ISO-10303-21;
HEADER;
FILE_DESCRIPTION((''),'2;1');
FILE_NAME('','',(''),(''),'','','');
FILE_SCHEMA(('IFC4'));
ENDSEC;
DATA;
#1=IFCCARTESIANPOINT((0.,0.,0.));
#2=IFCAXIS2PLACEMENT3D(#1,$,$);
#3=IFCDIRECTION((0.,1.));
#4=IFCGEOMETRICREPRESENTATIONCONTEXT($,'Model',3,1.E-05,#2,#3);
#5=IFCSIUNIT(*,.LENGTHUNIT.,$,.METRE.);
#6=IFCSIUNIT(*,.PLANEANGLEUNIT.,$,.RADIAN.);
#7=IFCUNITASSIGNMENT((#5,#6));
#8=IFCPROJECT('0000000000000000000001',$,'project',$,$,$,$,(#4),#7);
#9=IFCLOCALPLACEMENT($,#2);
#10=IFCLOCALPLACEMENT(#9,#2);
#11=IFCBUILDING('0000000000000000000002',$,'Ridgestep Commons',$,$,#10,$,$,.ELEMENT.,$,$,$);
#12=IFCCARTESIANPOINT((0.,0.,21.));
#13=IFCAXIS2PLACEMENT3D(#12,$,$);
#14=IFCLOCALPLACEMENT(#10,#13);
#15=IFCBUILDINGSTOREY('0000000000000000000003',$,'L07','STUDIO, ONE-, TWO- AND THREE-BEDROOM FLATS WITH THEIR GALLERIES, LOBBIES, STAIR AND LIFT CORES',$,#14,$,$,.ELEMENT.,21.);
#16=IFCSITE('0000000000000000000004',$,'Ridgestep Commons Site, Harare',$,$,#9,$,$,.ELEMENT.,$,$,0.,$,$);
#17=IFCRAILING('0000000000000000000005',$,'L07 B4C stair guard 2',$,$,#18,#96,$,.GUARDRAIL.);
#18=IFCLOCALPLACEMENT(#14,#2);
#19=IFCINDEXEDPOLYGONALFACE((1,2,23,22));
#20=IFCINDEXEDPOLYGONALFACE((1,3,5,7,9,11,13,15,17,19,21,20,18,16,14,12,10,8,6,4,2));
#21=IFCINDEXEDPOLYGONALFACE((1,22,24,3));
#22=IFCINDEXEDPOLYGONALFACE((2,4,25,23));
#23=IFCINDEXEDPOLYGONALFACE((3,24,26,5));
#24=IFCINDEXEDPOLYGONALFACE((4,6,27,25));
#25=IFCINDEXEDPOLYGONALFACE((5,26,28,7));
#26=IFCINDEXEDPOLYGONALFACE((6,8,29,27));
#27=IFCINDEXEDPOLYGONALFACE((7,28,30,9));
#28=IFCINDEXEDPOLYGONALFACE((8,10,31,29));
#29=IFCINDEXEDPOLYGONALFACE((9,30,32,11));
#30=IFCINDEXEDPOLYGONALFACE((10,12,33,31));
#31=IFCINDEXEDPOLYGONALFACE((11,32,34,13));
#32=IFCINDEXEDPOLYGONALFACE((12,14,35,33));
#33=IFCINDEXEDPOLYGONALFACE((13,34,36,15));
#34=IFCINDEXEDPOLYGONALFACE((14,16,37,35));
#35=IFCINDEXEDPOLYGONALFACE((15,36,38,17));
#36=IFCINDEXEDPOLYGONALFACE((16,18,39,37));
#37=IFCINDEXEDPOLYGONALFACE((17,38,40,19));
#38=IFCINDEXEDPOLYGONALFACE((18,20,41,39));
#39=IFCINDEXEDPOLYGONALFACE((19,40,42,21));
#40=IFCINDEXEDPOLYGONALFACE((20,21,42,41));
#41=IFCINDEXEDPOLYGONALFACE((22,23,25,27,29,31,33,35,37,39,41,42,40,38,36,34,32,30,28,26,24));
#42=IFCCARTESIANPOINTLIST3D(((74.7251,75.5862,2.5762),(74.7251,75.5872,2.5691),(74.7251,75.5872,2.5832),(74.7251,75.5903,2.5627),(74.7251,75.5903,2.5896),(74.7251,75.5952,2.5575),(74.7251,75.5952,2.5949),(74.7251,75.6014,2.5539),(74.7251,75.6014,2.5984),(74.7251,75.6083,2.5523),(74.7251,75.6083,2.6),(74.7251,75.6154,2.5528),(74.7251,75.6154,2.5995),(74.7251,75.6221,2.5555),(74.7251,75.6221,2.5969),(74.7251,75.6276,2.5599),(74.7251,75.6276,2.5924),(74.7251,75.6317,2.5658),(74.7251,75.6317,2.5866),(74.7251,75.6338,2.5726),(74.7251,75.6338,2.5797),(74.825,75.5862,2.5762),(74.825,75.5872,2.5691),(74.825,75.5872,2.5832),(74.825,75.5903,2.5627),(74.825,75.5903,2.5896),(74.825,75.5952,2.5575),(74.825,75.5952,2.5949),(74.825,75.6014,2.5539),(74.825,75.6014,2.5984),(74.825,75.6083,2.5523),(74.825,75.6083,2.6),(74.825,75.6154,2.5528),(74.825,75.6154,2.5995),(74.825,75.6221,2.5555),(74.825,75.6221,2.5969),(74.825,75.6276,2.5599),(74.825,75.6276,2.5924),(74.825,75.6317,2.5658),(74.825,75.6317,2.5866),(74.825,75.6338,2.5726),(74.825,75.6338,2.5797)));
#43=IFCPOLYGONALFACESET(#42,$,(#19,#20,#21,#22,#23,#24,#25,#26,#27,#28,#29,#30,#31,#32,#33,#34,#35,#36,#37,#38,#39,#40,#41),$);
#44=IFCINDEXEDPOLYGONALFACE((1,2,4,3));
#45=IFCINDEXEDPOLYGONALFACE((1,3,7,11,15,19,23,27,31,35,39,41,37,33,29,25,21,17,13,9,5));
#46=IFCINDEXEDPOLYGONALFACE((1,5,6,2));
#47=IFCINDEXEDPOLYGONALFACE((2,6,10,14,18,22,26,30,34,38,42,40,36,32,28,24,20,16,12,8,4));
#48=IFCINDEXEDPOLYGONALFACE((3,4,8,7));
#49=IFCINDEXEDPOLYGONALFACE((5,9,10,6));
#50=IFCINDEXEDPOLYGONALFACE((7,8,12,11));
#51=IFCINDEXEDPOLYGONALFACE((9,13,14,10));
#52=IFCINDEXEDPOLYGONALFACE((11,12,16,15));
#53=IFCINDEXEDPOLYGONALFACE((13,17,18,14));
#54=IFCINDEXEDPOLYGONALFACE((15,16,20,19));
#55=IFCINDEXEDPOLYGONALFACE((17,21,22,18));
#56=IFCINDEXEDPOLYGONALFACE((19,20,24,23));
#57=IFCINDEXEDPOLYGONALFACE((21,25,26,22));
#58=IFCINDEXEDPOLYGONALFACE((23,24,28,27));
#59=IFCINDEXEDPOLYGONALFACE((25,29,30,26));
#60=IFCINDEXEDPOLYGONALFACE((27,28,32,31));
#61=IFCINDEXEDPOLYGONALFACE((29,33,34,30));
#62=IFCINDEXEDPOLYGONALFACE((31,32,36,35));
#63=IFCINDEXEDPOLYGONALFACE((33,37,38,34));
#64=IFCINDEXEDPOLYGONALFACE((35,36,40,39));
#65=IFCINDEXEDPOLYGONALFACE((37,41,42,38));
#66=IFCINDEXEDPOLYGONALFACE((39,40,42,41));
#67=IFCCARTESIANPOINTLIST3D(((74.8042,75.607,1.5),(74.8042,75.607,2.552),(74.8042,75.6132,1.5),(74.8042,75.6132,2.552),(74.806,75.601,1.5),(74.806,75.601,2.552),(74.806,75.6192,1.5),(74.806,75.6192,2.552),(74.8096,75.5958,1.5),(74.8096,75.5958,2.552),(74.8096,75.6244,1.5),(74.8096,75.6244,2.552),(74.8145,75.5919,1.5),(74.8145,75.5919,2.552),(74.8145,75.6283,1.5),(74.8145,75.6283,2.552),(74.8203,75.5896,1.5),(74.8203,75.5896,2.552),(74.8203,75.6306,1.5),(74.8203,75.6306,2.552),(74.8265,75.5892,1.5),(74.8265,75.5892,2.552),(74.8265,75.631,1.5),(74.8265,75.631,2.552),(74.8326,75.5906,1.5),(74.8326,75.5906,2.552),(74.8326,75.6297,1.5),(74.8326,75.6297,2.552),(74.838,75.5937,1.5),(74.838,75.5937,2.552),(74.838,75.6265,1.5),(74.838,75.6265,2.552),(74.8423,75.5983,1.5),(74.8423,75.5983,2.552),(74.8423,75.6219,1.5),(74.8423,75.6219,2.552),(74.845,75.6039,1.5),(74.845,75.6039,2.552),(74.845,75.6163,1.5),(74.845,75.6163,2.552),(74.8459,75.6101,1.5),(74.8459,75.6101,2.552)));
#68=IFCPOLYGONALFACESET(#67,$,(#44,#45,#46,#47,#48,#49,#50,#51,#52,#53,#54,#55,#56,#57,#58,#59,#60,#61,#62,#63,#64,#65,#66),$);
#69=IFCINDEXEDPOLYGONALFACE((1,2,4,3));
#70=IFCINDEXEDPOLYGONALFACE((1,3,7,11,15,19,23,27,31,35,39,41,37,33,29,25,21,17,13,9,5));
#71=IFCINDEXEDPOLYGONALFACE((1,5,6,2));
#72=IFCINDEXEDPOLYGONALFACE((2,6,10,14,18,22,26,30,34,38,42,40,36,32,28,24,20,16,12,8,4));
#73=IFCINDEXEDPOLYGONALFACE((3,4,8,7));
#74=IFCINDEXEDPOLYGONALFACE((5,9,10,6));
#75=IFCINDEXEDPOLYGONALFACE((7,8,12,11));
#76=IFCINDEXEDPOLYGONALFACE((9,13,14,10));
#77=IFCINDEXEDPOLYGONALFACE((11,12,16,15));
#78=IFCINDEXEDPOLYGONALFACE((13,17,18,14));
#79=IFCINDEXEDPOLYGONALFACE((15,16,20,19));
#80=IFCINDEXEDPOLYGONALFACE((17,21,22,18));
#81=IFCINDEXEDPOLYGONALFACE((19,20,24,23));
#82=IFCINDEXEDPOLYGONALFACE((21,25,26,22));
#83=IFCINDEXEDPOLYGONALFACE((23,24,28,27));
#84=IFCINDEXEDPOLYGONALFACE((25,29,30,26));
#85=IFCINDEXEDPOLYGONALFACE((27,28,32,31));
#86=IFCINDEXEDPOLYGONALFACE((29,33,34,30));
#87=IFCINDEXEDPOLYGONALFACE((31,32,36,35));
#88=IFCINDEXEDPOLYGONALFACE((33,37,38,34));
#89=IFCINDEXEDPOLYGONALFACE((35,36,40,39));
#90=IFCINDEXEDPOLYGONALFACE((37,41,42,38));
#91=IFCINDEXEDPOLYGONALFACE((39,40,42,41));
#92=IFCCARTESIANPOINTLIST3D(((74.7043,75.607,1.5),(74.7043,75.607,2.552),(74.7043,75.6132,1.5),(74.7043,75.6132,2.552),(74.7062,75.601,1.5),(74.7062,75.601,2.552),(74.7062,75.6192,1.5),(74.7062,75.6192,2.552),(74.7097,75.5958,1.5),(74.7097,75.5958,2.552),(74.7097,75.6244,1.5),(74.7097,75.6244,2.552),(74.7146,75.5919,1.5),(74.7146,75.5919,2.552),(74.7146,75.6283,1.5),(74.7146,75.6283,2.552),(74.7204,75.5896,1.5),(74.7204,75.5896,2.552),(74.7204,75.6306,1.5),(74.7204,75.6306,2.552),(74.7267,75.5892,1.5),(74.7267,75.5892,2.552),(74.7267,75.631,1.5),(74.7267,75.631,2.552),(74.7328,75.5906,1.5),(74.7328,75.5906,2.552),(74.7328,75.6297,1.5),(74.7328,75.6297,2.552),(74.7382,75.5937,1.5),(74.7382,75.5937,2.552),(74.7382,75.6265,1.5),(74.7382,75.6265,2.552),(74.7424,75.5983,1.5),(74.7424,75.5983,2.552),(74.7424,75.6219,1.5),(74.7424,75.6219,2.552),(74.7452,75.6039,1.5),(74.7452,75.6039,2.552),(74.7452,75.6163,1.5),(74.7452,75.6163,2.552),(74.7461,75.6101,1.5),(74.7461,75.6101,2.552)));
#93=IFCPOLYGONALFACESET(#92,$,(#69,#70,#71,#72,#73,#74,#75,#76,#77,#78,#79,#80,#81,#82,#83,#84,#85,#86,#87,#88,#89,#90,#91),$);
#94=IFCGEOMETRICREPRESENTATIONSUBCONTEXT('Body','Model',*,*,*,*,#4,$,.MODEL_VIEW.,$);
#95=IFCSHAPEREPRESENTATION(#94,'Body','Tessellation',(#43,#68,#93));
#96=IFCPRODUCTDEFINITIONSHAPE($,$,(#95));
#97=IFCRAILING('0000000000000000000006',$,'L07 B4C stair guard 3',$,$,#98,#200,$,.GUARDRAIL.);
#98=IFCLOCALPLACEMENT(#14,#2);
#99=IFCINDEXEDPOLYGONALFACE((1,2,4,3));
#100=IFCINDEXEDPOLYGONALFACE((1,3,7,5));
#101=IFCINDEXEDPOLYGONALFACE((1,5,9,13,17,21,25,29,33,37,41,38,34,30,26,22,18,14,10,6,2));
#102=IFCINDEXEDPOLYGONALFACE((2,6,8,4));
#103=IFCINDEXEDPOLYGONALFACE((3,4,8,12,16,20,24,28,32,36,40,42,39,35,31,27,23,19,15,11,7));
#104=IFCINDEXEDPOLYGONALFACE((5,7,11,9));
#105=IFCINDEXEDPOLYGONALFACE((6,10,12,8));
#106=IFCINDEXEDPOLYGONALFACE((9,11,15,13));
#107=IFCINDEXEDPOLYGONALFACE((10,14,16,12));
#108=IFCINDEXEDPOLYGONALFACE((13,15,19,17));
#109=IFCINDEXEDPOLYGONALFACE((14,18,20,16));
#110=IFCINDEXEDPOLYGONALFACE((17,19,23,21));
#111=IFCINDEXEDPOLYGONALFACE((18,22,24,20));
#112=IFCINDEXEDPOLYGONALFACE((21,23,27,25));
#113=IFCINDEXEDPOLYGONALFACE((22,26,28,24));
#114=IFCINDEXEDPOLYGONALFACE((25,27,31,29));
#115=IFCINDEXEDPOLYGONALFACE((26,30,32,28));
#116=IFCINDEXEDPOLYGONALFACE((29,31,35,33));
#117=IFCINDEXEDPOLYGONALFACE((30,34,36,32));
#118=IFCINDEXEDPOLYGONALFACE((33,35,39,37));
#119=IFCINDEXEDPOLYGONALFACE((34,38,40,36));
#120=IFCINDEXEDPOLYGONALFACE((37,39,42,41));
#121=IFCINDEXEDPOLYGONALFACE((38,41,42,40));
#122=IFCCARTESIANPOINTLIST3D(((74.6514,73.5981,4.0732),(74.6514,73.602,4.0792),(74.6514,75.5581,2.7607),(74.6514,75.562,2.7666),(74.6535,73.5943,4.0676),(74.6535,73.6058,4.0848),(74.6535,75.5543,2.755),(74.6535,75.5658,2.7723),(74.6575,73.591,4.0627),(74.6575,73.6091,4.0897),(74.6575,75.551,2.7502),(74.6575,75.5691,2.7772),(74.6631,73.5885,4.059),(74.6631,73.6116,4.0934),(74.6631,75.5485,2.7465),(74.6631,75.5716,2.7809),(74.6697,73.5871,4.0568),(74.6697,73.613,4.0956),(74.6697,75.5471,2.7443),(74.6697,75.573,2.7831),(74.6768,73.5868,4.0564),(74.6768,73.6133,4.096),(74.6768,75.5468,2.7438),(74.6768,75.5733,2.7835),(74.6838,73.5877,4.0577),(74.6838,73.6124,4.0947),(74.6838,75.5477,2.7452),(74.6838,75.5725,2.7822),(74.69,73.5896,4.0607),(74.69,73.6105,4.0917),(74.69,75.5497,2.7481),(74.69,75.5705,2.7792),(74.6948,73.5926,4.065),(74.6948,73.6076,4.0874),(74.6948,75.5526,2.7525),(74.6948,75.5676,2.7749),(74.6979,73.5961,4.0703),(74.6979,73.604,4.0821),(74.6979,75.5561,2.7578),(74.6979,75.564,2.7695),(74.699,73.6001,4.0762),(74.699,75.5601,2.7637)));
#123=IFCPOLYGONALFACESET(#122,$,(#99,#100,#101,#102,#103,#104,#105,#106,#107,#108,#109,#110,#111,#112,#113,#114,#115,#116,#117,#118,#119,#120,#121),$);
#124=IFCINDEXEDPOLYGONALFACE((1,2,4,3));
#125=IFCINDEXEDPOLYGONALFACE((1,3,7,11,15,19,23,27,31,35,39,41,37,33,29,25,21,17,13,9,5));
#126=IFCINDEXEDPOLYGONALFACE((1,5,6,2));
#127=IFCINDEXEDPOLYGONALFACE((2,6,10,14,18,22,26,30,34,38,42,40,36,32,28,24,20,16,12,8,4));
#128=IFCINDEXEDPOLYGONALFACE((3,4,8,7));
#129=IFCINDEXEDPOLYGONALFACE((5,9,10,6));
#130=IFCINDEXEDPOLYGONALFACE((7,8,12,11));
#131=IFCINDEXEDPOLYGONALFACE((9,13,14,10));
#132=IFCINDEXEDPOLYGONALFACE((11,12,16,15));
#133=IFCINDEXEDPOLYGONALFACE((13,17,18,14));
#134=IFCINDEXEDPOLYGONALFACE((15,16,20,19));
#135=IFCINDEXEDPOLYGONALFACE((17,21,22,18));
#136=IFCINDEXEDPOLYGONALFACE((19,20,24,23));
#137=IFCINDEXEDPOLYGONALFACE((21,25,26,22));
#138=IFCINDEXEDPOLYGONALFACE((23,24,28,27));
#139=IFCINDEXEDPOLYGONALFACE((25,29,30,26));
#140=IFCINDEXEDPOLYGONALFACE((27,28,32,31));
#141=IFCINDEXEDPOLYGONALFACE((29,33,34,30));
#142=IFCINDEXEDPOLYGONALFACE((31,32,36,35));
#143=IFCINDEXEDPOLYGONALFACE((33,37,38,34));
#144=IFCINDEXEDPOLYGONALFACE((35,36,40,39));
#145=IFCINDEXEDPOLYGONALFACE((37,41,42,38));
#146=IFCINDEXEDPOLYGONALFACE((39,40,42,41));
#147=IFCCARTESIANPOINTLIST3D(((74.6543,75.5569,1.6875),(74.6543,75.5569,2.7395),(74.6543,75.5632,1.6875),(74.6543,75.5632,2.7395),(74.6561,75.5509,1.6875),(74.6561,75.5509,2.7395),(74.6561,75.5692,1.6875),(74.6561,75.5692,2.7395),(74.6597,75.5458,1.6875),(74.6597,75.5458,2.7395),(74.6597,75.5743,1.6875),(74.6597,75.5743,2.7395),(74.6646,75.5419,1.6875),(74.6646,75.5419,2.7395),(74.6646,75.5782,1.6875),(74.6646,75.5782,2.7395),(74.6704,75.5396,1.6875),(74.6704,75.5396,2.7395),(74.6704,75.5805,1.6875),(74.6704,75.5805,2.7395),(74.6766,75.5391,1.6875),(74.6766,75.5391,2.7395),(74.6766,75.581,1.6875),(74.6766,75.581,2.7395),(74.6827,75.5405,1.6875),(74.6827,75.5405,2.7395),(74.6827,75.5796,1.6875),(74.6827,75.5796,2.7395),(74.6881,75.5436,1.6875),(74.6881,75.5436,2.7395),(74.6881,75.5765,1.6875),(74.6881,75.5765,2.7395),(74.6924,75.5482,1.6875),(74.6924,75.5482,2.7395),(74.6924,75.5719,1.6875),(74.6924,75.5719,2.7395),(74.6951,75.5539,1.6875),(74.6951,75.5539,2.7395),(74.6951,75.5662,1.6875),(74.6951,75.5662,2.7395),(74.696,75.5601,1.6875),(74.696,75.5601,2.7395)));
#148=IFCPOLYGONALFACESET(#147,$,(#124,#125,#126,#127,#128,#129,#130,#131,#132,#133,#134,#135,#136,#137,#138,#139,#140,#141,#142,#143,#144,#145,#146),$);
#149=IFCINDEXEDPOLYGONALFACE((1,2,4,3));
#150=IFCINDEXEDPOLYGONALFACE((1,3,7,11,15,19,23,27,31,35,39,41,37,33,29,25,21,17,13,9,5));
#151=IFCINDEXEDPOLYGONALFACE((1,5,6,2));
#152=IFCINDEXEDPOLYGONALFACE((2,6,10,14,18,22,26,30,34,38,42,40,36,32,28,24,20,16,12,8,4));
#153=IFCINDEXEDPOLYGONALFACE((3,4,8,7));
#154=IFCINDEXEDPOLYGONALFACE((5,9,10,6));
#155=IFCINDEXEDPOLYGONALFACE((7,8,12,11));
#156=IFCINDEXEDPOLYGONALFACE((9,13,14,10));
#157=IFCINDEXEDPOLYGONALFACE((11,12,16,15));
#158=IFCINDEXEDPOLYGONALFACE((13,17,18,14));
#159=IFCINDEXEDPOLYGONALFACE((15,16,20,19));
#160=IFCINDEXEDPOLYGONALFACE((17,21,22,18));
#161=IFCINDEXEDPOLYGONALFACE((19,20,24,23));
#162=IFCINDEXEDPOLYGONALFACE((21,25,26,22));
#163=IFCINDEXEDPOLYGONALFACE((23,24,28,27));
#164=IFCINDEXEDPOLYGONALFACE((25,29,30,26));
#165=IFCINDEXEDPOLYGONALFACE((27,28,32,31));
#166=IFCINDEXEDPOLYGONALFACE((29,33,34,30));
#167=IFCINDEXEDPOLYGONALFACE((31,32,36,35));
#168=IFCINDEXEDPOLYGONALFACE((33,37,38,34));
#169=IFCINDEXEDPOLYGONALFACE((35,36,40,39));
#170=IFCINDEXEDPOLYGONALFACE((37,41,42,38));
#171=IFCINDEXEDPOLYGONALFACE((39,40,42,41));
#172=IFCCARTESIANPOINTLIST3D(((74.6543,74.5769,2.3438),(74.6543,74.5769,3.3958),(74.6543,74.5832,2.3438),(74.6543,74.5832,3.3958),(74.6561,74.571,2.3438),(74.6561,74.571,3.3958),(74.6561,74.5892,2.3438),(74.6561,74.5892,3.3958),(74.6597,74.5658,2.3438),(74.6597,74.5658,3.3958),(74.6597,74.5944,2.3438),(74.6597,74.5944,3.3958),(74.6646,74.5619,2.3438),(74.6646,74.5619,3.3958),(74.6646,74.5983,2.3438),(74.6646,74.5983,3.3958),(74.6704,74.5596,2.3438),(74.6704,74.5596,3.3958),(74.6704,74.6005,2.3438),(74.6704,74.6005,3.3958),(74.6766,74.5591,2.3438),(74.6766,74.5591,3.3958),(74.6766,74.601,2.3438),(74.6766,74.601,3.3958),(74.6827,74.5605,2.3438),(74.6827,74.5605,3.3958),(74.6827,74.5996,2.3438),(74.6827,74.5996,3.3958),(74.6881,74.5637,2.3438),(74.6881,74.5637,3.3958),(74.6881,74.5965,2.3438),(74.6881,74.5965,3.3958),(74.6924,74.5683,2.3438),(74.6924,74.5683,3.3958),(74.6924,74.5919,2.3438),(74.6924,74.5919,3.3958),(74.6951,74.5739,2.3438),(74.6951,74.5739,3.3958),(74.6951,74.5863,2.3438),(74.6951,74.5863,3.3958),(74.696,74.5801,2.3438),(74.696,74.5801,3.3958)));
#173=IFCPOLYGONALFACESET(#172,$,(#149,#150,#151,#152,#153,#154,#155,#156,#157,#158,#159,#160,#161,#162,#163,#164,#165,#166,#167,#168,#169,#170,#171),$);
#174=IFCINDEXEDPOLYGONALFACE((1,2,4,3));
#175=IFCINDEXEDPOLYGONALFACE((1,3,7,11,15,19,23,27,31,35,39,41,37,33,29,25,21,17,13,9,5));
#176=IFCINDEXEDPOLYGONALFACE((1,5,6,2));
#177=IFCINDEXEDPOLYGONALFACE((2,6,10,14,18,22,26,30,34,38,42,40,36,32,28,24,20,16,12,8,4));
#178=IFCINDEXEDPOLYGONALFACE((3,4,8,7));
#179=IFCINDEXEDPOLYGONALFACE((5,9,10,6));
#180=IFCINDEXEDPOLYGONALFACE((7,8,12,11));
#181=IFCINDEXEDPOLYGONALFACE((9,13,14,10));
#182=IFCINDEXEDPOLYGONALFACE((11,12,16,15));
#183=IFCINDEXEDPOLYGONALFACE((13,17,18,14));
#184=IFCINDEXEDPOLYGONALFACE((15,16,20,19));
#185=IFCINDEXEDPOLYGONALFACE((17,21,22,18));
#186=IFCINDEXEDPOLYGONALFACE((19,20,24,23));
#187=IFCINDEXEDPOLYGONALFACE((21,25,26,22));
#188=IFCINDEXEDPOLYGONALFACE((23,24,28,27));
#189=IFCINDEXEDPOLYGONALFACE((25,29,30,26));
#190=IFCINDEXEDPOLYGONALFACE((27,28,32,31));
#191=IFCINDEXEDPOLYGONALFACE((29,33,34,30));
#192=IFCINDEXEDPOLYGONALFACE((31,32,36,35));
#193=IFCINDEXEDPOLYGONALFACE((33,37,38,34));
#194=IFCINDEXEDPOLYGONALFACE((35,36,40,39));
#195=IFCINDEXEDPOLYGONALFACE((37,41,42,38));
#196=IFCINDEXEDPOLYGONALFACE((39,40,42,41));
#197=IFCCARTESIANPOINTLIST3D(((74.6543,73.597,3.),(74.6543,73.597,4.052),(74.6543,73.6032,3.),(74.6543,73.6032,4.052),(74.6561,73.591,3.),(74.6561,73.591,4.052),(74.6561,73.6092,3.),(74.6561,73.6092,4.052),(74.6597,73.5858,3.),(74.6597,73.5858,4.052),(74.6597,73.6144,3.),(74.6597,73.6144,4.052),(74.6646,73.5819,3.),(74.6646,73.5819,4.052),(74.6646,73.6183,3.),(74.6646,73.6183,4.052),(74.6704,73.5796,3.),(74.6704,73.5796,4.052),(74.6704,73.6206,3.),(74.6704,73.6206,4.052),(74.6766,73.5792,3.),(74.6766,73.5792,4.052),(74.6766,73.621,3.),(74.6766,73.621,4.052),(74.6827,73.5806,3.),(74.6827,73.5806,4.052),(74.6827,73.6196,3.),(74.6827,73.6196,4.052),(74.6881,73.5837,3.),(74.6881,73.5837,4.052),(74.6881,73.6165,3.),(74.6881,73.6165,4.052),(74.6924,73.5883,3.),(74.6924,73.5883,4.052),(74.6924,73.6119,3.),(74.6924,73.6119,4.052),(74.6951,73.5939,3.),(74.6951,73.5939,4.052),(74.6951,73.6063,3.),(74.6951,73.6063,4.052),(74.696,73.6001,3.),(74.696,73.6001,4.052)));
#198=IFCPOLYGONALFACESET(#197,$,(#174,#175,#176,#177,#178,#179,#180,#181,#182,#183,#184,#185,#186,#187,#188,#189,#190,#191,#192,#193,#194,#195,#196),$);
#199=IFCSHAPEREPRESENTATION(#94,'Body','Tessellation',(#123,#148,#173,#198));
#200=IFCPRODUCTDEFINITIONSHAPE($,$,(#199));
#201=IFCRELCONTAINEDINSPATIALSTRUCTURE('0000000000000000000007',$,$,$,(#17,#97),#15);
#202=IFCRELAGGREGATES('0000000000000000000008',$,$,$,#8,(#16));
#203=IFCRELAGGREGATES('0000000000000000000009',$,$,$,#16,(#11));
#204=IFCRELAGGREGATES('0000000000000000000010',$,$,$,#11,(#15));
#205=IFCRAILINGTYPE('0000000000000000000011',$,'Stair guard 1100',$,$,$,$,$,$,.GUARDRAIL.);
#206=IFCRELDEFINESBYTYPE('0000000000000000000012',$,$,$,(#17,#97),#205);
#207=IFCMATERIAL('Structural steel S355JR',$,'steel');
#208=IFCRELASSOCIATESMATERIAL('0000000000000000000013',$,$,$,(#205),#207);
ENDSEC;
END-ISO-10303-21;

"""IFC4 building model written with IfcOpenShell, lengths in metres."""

from ifc_helpers import new_model, si_unit, direction, frame, origin, origin_2d, place, context, subcontext, project, spatial, circle, extrude, material, type_object, element, save


model = new_model("IFC4")

# Units and contexts
model_context = context("Model", 3, precision=1e-05, world=origin(), true_north=direction((0.0, 1.0)))
body_context = subcontext(model_context, "Body", "Model", "MODEL_VIEW")
ifc_project = project(units=[si_unit("LENGTHUNIT", "METRE"), si_unit("PLANEANGLEUNIT", "RADIAN")], contexts=[model_context])

# Site, building, storey
site_placement = place(None, origin())
site = spatial("IfcSite", under=ifc_project, at=site_placement, Name="Ridgestep Commons Site, Harare", CompositionType="ELEMENT", RefElevation=0.0)
building_placement = place(site_placement, origin())
building = spatial("IfcBuilding", under=site, at=building_placement, Name="Ridgestep Commons", CompositionType="ELEMENT")
storey_placement = place(building_placement, frame((0.0, 0.0, 21.0)))
storey = spatial("IfcBuildingStorey", under=building, at=storey_placement, Name="L07", Description="STUDIO, ONE-, TWO- AND THREE-BEDROOM FLATS WITH THEIR GALLERIES, LOBBIES, STAIR AND LIFT CORES", CompositionType="ELEMENT", Elevation=21.0)

# Railings
ifc_material_1 = material(Name="Structural steel S355JR", Category="steel")
railing_type_1 = type_object("IfcRailingType", Name="Stair guard 1100", PredefinedType="GUARDRAIL", material=ifc_material_1)
railing_1_placement = place(storey_placement, frame((74.825, 75.6101, 1.5)))
element("IfcRailing", 1, at=railing_1_placement, inside=storey, type_object=railing_type_1, Name="L07 B4C stair guard 2", PredefinedType="GUARDRAIL", context=body_context, shape_type="SweptSolid", body=[
    extrude(circle(Radius=0.0239, at=origin_2d()), frame((0.0, 0.0, 1.0762), z_axis=(-1.0, 0.0, 0.0), x_axis=(0.0, -1.0, 0.0)), (0.0, 0.0, 1.0), 0.0999),
    extrude(circle(Radius=0.021, at=origin_2d()), origin(), (0.0, 0.0, 1.0), 1.052),
    extrude(circle(Radius=0.021, at=origin_2d()), frame((-0.0999, 0.0, 0.0)), (0.0, 0.0, 1.0), 1.052),
])
railing_2_placement = place(storey_placement, frame((74.675, 75.5601, 1.6875)))
element("IfcRailing", 2, at=railing_2_placement, inside=storey, type_object=railing_type_1, Name="L07 B4C stair guard 3", PredefinedType="GUARDRAIL", context=body_context, shape_type="SweptSolid", body=[
    extrude(circle(Radius=0.0239, at=origin_2d()), frame((0.0, 0.0, 1.0762), z_axis=(0.0, -0.830902, 0.556419), x_axis=(1.0, 0.0, 0.0)), (0.0, 0.0, 1.0), 2.3589),
    extrude(circle(Radius=0.021, at=origin_2d()), origin(), (0.0, 0.0, 1.0), 1.052),
    extrude(circle(Radius=0.021, at=origin_2d()), frame((0.0, -0.98, 0.6562)), (0.0, 0.0, 1.0), 1.052),
    extrude(circle(Radius=0.021, at=origin_2d()), frame((0.0, -1.96, 1.3125)), (0.0, 0.0, 1.0), 1.052),
])

save(model, "model.ifc")
